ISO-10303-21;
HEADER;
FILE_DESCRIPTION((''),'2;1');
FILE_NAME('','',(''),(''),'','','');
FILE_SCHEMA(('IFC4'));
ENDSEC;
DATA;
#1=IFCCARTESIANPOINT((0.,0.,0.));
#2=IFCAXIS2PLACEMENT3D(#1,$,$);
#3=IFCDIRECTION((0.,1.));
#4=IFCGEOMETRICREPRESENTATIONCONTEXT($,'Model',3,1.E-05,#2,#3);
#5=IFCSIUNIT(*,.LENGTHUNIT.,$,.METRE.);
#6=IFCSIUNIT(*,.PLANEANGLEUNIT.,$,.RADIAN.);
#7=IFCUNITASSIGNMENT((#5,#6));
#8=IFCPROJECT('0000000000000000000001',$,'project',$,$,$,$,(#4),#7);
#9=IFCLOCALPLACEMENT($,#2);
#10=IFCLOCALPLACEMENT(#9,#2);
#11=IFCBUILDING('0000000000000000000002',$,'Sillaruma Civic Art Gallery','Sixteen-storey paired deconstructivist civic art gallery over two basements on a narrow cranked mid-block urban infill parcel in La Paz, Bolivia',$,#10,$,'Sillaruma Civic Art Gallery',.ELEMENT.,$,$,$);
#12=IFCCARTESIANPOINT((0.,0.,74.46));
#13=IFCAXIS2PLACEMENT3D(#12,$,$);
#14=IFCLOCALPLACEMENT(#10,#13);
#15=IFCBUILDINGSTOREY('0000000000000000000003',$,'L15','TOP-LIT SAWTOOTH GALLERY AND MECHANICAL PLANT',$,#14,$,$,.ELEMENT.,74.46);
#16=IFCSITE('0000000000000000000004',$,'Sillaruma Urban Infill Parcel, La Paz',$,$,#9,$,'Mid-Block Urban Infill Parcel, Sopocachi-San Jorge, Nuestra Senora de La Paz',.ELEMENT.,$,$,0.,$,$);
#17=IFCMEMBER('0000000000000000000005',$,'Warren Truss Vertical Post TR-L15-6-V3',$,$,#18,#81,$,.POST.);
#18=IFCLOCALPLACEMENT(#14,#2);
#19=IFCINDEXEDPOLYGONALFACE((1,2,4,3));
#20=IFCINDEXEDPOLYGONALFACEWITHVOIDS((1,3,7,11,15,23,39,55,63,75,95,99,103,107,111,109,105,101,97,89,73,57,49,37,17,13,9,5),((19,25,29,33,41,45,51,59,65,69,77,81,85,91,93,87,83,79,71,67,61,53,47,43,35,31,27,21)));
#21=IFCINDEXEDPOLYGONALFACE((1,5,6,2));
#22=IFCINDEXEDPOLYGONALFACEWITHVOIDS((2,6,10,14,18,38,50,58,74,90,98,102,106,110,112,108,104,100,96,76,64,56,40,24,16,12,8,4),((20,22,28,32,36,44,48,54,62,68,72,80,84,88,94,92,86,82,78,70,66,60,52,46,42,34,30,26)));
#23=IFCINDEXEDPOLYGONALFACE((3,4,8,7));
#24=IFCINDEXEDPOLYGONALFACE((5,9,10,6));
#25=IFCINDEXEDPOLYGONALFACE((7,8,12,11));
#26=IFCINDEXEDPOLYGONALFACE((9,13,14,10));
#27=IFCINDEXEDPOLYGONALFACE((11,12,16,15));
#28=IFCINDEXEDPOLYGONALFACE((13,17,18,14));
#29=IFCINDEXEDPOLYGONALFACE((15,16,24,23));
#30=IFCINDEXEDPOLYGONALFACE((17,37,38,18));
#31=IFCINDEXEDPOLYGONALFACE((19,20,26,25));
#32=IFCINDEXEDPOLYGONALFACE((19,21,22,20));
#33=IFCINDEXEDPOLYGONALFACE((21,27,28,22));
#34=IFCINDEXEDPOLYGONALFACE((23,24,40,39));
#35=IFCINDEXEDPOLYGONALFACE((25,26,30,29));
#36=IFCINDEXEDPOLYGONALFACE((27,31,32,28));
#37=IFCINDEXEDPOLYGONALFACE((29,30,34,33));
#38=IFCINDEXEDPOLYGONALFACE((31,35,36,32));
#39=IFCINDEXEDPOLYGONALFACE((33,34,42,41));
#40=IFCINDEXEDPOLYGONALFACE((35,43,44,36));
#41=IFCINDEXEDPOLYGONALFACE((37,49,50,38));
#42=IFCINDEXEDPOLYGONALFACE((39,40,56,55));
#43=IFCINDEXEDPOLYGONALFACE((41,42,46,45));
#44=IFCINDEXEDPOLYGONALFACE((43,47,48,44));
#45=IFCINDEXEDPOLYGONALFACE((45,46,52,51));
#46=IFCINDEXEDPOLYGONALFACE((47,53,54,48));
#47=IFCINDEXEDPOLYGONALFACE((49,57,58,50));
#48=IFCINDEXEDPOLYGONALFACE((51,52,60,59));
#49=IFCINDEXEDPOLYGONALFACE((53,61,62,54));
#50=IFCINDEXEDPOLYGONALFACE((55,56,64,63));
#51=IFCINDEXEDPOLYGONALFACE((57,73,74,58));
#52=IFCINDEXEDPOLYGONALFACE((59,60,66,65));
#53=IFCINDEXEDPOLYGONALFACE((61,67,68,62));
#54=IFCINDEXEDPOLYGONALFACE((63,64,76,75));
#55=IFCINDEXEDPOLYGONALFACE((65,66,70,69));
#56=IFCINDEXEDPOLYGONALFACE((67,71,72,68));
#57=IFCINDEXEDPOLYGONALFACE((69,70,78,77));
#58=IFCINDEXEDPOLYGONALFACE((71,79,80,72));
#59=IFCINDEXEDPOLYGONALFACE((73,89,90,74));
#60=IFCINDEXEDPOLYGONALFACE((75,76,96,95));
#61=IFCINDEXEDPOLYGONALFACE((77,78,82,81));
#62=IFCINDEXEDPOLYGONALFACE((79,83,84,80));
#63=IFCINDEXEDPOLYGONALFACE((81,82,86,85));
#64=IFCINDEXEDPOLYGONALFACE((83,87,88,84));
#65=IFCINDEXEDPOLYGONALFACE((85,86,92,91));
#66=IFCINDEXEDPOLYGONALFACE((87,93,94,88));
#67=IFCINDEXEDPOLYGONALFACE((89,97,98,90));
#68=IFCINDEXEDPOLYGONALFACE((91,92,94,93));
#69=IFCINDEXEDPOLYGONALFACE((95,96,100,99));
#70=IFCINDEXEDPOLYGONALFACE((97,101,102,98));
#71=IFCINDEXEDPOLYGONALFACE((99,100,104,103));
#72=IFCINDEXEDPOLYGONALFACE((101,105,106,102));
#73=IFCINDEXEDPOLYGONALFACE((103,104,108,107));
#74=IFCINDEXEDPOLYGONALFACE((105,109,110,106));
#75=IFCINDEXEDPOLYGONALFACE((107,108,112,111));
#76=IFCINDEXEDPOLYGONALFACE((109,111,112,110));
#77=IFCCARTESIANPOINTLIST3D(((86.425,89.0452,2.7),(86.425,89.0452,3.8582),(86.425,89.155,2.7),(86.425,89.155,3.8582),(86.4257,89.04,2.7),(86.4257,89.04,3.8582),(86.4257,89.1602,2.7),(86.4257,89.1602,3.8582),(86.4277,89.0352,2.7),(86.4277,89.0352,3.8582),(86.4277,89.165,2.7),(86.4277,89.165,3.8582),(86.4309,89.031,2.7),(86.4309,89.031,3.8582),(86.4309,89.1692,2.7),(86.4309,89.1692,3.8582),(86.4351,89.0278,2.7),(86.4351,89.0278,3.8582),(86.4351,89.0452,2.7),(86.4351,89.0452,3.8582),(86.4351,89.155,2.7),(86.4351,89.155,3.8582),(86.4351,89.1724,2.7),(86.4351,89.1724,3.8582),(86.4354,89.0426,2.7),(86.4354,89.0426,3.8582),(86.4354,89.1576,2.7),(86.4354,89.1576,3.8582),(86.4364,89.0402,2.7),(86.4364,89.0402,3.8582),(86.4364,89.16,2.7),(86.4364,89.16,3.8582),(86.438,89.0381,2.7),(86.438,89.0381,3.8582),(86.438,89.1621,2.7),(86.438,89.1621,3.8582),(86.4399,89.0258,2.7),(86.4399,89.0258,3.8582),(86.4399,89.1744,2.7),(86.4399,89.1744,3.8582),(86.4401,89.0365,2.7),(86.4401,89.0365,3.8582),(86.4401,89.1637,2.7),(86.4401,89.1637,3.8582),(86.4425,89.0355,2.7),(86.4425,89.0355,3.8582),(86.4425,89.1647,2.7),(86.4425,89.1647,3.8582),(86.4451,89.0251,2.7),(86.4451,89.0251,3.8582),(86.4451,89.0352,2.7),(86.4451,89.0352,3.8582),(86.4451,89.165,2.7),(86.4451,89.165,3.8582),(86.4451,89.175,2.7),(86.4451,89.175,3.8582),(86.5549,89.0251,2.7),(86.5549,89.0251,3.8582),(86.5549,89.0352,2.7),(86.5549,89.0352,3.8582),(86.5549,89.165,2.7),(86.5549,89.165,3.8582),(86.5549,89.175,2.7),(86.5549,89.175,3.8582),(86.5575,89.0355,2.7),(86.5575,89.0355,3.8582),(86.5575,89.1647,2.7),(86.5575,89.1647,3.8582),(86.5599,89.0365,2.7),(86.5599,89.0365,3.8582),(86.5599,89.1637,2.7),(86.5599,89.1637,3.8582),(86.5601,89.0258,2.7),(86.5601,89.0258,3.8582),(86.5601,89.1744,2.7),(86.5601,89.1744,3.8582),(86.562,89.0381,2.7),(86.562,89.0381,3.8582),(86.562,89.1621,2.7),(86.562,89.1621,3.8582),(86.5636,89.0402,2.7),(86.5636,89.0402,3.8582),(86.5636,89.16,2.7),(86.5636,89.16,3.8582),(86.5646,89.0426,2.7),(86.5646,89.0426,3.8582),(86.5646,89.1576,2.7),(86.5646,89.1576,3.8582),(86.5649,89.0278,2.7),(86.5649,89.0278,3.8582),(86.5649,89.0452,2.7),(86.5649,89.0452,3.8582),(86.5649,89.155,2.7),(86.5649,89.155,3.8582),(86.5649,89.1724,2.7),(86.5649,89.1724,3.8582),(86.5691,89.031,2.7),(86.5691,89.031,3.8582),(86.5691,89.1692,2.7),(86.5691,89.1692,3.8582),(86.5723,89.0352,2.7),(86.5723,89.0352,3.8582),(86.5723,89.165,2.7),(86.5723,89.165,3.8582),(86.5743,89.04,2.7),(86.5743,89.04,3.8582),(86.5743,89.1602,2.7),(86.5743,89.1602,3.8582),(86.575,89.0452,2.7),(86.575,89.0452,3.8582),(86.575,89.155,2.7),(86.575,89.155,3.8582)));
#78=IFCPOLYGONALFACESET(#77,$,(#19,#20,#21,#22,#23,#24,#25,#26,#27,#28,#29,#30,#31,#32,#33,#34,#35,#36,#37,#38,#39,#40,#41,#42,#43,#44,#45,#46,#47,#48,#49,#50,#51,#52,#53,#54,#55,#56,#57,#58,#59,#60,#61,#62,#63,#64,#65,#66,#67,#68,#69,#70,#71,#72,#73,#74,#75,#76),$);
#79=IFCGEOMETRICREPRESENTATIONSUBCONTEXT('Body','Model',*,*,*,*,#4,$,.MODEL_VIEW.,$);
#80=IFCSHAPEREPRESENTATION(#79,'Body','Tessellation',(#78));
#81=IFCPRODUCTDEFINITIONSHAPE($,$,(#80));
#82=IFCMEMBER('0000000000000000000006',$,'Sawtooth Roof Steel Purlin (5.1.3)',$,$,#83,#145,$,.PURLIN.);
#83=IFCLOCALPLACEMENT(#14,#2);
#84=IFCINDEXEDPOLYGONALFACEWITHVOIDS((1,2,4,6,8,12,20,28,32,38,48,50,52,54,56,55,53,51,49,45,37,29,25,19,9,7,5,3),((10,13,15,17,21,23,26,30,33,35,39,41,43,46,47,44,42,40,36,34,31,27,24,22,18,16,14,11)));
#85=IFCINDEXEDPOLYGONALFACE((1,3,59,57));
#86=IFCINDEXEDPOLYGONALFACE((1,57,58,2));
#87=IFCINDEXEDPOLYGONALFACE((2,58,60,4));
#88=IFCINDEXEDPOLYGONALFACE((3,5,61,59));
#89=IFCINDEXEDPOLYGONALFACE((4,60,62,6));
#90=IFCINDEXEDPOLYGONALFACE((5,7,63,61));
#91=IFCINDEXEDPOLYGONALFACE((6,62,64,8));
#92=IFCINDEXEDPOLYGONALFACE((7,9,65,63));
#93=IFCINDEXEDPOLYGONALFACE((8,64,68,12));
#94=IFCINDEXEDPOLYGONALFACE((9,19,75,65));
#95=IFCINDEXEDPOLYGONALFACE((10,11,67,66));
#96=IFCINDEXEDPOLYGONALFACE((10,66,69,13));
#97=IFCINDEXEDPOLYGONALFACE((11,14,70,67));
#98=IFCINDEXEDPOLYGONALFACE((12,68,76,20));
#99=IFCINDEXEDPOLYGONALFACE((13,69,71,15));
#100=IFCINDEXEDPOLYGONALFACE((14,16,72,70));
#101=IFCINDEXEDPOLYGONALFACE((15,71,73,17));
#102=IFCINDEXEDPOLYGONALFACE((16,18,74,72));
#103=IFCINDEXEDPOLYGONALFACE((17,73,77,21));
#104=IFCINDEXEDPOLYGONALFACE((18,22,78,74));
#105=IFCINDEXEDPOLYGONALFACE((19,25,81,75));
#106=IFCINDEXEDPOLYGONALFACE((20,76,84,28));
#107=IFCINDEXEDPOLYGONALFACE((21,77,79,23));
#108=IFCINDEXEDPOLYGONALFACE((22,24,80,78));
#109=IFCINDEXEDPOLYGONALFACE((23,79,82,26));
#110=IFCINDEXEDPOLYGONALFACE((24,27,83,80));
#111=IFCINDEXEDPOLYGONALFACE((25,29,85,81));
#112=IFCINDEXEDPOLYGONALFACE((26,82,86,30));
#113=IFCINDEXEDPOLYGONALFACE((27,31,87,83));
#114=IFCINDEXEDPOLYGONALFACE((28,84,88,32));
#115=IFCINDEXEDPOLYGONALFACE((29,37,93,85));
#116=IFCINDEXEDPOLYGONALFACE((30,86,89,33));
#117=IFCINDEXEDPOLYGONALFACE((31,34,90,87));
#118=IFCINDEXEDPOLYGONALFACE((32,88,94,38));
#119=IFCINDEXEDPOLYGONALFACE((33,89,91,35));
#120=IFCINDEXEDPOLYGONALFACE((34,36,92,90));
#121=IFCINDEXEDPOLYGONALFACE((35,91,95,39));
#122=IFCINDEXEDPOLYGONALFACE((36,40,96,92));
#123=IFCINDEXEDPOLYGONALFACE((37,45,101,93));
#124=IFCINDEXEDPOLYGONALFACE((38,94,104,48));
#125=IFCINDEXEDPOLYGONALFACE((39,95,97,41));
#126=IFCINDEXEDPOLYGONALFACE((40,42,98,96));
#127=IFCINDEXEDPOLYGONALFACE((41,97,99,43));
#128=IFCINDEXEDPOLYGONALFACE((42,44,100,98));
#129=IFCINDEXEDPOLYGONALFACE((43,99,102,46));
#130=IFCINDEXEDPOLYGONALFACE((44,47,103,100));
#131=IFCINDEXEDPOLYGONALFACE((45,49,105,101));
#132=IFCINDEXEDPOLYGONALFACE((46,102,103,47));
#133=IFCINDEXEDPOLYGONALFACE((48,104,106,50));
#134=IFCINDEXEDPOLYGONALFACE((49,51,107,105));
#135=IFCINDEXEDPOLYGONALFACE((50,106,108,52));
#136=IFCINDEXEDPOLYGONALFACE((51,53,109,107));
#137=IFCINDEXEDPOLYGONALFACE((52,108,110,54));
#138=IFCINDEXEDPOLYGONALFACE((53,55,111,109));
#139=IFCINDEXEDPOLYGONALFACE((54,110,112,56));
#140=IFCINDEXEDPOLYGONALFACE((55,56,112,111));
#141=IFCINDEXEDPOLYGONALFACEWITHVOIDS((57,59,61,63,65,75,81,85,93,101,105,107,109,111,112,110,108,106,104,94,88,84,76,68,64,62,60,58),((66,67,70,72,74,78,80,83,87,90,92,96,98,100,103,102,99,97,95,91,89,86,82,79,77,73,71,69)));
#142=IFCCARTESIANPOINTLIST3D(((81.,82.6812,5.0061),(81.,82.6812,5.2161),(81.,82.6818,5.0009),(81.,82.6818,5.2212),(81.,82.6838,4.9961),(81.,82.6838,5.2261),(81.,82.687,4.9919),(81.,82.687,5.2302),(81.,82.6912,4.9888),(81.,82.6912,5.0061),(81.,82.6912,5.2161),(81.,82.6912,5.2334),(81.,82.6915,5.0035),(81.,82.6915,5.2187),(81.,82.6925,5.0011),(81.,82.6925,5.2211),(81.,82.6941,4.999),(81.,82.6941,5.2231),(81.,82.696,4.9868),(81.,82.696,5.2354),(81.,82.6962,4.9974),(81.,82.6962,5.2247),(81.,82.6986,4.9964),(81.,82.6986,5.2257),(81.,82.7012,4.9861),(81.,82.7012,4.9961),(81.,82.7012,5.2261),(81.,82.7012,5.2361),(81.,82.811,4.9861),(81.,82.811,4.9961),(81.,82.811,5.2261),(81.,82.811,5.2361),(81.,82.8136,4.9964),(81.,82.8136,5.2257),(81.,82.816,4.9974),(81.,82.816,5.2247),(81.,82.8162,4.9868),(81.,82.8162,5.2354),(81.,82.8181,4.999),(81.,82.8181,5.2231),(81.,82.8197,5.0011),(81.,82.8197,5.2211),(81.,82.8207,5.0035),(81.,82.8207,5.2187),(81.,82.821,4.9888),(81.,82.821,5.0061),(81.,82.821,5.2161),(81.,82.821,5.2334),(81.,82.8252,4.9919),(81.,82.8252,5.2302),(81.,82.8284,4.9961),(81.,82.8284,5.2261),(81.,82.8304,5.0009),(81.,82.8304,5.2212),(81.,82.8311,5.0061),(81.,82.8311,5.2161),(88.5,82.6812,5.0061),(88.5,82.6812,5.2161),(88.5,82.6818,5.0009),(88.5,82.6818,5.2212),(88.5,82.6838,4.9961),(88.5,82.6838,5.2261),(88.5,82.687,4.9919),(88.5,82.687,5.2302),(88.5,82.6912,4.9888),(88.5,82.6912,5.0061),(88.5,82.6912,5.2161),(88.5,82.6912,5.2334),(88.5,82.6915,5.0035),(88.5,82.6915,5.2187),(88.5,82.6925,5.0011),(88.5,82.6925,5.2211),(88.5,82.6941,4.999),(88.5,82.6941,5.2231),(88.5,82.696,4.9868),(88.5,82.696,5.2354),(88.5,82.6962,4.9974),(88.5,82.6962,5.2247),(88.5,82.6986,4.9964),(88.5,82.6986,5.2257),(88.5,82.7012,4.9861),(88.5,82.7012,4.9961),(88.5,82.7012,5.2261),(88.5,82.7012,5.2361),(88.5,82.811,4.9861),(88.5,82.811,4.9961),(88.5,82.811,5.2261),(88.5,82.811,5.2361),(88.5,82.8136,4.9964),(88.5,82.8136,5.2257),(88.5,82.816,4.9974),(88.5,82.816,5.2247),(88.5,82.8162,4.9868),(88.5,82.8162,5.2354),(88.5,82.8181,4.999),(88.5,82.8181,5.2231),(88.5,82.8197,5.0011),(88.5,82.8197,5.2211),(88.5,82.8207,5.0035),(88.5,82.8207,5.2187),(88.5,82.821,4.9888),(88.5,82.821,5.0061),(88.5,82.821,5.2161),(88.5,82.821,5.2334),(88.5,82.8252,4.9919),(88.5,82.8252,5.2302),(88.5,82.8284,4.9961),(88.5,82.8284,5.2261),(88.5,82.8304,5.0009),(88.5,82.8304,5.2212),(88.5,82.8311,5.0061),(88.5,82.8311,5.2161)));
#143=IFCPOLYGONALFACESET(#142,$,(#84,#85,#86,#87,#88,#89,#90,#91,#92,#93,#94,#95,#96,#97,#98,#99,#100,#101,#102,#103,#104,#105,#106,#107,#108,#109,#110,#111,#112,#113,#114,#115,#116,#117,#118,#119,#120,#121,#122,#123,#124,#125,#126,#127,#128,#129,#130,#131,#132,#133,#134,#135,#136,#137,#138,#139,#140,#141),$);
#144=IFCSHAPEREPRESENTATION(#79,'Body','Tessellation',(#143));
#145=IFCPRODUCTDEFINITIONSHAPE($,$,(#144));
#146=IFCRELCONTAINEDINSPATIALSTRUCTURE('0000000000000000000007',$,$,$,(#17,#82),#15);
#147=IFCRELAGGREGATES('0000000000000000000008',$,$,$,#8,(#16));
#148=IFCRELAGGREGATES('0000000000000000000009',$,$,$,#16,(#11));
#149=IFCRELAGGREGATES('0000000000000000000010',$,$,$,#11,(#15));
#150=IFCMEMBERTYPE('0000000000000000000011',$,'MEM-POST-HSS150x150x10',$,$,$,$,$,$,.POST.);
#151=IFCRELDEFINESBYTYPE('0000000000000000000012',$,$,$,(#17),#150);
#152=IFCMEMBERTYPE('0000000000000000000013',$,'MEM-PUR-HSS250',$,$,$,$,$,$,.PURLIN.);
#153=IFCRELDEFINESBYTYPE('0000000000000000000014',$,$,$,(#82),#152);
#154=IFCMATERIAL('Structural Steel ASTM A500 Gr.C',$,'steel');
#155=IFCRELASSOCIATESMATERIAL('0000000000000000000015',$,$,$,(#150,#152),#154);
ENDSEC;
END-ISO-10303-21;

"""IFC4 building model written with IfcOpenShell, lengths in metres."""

from ifc_helpers import new_model, si_unit, direction, frame, origin, origin_2d, place, context, subcontext, project, spatial, hollow_rectangle, extrude, material, material_profile, profile_set, type_object, element, save


model = new_model("IFC4")

# Units and contexts
model_context = context("Model", 3, precision=1e-05, world=origin(), true_north=direction((0.0, 1.0)))
body_context = subcontext(model_context, "Body", "Model", "MODEL_VIEW")
ifc_project = project(units=[si_unit("LENGTHUNIT", "METRE"), si_unit("PLANEANGLEUNIT", "RADIAN")], contexts=[model_context])

# Site, building, storey
site_placement = place(None, origin())
site = spatial("IfcSite", under=ifc_project, at=site_placement, Name="Sillaruma Urban Infill Parcel, La Paz", LongName="Mid-Block Urban Infill Parcel, Sopocachi-San Jorge, Nuestra Senora de La Paz", CompositionType="ELEMENT", RefElevation=0.0)
building_placement = place(site_placement, origin())
building = spatial("IfcBuilding", under=site, at=building_placement, Name="Sillaruma Civic Art Gallery", Description="Sixteen-storey paired deconstructivist civic art gallery over two basements on a narrow cranked mid-block urban infill parcel in La Paz, Bolivia", LongName="Sillaruma Civic Art Gallery", CompositionType="ELEMENT")
storey_placement = place(building_placement, frame((0.0, 0.0, 74.46)))
storey = spatial("IfcBuildingStorey", under=building, at=storey_placement, Name="L15", Description="TOP-LIT SAWTOOTH GALLERY AND MECHANICAL PLANT", CompositionType="ELEMENT", Elevation=74.46)

# Members
ifc_material_1 = material(Name="Structural Steel ASTM A500 Gr.C", Category="steel")
ifc_material_profile_1 = material_profile(ifc_material_1, hollow_rectangle(XDim=0.1499, YDim=0.1499, WallThickness=0.01, InnerFilletRadius=0.01, OuterFilletRadius=0.02, at=origin_2d()), Name="HSS150x150x10")
ifc_profile_set_1 = profile_set([ifc_material_profile_1], Name="Structural Steel ASTM A500 Gr.C")
member_type_1 = type_object("IfcMemberType", Name="MEM-POST-HSS150x150x10", PredefinedType="POST", material=ifc_profile_set_1)
for number, where, z_axis, x_axis, name in (
    (1, (86.5, 89.1001, 2.7), (0.0, 0.0, 1.0), (1.0, 0.0, 0.0), "Warren Truss Vertical Post TR-L15-6-V3"),
):
    element("IfcMember", number, at=place(storey_placement, frame(where, z_axis=z_axis, x_axis=x_axis)), inside=storey, type_object=member_type_1, Name=name, PredefinedType="POST", context=body_context, shape_type="SweptSolid", body=[
        extrude(hollow_rectangle(XDim=0.1499, YDim=0.1499, WallThickness=0.01, InnerFilletRadius=0.01, OuterFilletRadius=0.02, at=origin_2d()), origin(), (0.0, 0.0, 1.0), 1.1582),
    ])
ifc_material_profile_2 = material_profile(ifc_material_1, hollow_rectangle(XDim=0.1499, YDim=0.25, WallThickness=0.01, InnerFilletRadius=0.01, OuterFilletRadius=0.02, at=origin_2d()), Name="HSS250x150x10")
ifc_profile_set_2 = profile_set([ifc_material_profile_2], Name="Structural Steel ASTM A500 Gr.C")
member_type_2 = type_object("IfcMemberType", Name="MEM-PUR-HSS250", PredefinedType="PURLIN", material=ifc_profile_set_2)
for number, where, z_axis, x_axis, name in (
    (2, (81.0, 82.7561, 5.1111), (1.0, 0.0, 0.0), (0.0, 1.0, 0.0), "Sawtooth Roof Steel Purlin (5.1.3)"),
):
    element("IfcMember", number, at=place(storey_placement, frame(where, z_axis=z_axis, x_axis=x_axis)), inside=storey, type_object=member_type_2, Name=name, PredefinedType="PURLIN", context=body_context, shape_type="SweptSolid", body=[
        extrude(hollow_rectangle(XDim=0.1499, YDim=0.25, WallThickness=0.01, InnerFilletRadius=0.01, OuterFilletRadius=0.02, at=origin_2d()), origin(), (0.0, 0.0, 1.0), 7.5),
    ])

save(model, "model.ifc")
